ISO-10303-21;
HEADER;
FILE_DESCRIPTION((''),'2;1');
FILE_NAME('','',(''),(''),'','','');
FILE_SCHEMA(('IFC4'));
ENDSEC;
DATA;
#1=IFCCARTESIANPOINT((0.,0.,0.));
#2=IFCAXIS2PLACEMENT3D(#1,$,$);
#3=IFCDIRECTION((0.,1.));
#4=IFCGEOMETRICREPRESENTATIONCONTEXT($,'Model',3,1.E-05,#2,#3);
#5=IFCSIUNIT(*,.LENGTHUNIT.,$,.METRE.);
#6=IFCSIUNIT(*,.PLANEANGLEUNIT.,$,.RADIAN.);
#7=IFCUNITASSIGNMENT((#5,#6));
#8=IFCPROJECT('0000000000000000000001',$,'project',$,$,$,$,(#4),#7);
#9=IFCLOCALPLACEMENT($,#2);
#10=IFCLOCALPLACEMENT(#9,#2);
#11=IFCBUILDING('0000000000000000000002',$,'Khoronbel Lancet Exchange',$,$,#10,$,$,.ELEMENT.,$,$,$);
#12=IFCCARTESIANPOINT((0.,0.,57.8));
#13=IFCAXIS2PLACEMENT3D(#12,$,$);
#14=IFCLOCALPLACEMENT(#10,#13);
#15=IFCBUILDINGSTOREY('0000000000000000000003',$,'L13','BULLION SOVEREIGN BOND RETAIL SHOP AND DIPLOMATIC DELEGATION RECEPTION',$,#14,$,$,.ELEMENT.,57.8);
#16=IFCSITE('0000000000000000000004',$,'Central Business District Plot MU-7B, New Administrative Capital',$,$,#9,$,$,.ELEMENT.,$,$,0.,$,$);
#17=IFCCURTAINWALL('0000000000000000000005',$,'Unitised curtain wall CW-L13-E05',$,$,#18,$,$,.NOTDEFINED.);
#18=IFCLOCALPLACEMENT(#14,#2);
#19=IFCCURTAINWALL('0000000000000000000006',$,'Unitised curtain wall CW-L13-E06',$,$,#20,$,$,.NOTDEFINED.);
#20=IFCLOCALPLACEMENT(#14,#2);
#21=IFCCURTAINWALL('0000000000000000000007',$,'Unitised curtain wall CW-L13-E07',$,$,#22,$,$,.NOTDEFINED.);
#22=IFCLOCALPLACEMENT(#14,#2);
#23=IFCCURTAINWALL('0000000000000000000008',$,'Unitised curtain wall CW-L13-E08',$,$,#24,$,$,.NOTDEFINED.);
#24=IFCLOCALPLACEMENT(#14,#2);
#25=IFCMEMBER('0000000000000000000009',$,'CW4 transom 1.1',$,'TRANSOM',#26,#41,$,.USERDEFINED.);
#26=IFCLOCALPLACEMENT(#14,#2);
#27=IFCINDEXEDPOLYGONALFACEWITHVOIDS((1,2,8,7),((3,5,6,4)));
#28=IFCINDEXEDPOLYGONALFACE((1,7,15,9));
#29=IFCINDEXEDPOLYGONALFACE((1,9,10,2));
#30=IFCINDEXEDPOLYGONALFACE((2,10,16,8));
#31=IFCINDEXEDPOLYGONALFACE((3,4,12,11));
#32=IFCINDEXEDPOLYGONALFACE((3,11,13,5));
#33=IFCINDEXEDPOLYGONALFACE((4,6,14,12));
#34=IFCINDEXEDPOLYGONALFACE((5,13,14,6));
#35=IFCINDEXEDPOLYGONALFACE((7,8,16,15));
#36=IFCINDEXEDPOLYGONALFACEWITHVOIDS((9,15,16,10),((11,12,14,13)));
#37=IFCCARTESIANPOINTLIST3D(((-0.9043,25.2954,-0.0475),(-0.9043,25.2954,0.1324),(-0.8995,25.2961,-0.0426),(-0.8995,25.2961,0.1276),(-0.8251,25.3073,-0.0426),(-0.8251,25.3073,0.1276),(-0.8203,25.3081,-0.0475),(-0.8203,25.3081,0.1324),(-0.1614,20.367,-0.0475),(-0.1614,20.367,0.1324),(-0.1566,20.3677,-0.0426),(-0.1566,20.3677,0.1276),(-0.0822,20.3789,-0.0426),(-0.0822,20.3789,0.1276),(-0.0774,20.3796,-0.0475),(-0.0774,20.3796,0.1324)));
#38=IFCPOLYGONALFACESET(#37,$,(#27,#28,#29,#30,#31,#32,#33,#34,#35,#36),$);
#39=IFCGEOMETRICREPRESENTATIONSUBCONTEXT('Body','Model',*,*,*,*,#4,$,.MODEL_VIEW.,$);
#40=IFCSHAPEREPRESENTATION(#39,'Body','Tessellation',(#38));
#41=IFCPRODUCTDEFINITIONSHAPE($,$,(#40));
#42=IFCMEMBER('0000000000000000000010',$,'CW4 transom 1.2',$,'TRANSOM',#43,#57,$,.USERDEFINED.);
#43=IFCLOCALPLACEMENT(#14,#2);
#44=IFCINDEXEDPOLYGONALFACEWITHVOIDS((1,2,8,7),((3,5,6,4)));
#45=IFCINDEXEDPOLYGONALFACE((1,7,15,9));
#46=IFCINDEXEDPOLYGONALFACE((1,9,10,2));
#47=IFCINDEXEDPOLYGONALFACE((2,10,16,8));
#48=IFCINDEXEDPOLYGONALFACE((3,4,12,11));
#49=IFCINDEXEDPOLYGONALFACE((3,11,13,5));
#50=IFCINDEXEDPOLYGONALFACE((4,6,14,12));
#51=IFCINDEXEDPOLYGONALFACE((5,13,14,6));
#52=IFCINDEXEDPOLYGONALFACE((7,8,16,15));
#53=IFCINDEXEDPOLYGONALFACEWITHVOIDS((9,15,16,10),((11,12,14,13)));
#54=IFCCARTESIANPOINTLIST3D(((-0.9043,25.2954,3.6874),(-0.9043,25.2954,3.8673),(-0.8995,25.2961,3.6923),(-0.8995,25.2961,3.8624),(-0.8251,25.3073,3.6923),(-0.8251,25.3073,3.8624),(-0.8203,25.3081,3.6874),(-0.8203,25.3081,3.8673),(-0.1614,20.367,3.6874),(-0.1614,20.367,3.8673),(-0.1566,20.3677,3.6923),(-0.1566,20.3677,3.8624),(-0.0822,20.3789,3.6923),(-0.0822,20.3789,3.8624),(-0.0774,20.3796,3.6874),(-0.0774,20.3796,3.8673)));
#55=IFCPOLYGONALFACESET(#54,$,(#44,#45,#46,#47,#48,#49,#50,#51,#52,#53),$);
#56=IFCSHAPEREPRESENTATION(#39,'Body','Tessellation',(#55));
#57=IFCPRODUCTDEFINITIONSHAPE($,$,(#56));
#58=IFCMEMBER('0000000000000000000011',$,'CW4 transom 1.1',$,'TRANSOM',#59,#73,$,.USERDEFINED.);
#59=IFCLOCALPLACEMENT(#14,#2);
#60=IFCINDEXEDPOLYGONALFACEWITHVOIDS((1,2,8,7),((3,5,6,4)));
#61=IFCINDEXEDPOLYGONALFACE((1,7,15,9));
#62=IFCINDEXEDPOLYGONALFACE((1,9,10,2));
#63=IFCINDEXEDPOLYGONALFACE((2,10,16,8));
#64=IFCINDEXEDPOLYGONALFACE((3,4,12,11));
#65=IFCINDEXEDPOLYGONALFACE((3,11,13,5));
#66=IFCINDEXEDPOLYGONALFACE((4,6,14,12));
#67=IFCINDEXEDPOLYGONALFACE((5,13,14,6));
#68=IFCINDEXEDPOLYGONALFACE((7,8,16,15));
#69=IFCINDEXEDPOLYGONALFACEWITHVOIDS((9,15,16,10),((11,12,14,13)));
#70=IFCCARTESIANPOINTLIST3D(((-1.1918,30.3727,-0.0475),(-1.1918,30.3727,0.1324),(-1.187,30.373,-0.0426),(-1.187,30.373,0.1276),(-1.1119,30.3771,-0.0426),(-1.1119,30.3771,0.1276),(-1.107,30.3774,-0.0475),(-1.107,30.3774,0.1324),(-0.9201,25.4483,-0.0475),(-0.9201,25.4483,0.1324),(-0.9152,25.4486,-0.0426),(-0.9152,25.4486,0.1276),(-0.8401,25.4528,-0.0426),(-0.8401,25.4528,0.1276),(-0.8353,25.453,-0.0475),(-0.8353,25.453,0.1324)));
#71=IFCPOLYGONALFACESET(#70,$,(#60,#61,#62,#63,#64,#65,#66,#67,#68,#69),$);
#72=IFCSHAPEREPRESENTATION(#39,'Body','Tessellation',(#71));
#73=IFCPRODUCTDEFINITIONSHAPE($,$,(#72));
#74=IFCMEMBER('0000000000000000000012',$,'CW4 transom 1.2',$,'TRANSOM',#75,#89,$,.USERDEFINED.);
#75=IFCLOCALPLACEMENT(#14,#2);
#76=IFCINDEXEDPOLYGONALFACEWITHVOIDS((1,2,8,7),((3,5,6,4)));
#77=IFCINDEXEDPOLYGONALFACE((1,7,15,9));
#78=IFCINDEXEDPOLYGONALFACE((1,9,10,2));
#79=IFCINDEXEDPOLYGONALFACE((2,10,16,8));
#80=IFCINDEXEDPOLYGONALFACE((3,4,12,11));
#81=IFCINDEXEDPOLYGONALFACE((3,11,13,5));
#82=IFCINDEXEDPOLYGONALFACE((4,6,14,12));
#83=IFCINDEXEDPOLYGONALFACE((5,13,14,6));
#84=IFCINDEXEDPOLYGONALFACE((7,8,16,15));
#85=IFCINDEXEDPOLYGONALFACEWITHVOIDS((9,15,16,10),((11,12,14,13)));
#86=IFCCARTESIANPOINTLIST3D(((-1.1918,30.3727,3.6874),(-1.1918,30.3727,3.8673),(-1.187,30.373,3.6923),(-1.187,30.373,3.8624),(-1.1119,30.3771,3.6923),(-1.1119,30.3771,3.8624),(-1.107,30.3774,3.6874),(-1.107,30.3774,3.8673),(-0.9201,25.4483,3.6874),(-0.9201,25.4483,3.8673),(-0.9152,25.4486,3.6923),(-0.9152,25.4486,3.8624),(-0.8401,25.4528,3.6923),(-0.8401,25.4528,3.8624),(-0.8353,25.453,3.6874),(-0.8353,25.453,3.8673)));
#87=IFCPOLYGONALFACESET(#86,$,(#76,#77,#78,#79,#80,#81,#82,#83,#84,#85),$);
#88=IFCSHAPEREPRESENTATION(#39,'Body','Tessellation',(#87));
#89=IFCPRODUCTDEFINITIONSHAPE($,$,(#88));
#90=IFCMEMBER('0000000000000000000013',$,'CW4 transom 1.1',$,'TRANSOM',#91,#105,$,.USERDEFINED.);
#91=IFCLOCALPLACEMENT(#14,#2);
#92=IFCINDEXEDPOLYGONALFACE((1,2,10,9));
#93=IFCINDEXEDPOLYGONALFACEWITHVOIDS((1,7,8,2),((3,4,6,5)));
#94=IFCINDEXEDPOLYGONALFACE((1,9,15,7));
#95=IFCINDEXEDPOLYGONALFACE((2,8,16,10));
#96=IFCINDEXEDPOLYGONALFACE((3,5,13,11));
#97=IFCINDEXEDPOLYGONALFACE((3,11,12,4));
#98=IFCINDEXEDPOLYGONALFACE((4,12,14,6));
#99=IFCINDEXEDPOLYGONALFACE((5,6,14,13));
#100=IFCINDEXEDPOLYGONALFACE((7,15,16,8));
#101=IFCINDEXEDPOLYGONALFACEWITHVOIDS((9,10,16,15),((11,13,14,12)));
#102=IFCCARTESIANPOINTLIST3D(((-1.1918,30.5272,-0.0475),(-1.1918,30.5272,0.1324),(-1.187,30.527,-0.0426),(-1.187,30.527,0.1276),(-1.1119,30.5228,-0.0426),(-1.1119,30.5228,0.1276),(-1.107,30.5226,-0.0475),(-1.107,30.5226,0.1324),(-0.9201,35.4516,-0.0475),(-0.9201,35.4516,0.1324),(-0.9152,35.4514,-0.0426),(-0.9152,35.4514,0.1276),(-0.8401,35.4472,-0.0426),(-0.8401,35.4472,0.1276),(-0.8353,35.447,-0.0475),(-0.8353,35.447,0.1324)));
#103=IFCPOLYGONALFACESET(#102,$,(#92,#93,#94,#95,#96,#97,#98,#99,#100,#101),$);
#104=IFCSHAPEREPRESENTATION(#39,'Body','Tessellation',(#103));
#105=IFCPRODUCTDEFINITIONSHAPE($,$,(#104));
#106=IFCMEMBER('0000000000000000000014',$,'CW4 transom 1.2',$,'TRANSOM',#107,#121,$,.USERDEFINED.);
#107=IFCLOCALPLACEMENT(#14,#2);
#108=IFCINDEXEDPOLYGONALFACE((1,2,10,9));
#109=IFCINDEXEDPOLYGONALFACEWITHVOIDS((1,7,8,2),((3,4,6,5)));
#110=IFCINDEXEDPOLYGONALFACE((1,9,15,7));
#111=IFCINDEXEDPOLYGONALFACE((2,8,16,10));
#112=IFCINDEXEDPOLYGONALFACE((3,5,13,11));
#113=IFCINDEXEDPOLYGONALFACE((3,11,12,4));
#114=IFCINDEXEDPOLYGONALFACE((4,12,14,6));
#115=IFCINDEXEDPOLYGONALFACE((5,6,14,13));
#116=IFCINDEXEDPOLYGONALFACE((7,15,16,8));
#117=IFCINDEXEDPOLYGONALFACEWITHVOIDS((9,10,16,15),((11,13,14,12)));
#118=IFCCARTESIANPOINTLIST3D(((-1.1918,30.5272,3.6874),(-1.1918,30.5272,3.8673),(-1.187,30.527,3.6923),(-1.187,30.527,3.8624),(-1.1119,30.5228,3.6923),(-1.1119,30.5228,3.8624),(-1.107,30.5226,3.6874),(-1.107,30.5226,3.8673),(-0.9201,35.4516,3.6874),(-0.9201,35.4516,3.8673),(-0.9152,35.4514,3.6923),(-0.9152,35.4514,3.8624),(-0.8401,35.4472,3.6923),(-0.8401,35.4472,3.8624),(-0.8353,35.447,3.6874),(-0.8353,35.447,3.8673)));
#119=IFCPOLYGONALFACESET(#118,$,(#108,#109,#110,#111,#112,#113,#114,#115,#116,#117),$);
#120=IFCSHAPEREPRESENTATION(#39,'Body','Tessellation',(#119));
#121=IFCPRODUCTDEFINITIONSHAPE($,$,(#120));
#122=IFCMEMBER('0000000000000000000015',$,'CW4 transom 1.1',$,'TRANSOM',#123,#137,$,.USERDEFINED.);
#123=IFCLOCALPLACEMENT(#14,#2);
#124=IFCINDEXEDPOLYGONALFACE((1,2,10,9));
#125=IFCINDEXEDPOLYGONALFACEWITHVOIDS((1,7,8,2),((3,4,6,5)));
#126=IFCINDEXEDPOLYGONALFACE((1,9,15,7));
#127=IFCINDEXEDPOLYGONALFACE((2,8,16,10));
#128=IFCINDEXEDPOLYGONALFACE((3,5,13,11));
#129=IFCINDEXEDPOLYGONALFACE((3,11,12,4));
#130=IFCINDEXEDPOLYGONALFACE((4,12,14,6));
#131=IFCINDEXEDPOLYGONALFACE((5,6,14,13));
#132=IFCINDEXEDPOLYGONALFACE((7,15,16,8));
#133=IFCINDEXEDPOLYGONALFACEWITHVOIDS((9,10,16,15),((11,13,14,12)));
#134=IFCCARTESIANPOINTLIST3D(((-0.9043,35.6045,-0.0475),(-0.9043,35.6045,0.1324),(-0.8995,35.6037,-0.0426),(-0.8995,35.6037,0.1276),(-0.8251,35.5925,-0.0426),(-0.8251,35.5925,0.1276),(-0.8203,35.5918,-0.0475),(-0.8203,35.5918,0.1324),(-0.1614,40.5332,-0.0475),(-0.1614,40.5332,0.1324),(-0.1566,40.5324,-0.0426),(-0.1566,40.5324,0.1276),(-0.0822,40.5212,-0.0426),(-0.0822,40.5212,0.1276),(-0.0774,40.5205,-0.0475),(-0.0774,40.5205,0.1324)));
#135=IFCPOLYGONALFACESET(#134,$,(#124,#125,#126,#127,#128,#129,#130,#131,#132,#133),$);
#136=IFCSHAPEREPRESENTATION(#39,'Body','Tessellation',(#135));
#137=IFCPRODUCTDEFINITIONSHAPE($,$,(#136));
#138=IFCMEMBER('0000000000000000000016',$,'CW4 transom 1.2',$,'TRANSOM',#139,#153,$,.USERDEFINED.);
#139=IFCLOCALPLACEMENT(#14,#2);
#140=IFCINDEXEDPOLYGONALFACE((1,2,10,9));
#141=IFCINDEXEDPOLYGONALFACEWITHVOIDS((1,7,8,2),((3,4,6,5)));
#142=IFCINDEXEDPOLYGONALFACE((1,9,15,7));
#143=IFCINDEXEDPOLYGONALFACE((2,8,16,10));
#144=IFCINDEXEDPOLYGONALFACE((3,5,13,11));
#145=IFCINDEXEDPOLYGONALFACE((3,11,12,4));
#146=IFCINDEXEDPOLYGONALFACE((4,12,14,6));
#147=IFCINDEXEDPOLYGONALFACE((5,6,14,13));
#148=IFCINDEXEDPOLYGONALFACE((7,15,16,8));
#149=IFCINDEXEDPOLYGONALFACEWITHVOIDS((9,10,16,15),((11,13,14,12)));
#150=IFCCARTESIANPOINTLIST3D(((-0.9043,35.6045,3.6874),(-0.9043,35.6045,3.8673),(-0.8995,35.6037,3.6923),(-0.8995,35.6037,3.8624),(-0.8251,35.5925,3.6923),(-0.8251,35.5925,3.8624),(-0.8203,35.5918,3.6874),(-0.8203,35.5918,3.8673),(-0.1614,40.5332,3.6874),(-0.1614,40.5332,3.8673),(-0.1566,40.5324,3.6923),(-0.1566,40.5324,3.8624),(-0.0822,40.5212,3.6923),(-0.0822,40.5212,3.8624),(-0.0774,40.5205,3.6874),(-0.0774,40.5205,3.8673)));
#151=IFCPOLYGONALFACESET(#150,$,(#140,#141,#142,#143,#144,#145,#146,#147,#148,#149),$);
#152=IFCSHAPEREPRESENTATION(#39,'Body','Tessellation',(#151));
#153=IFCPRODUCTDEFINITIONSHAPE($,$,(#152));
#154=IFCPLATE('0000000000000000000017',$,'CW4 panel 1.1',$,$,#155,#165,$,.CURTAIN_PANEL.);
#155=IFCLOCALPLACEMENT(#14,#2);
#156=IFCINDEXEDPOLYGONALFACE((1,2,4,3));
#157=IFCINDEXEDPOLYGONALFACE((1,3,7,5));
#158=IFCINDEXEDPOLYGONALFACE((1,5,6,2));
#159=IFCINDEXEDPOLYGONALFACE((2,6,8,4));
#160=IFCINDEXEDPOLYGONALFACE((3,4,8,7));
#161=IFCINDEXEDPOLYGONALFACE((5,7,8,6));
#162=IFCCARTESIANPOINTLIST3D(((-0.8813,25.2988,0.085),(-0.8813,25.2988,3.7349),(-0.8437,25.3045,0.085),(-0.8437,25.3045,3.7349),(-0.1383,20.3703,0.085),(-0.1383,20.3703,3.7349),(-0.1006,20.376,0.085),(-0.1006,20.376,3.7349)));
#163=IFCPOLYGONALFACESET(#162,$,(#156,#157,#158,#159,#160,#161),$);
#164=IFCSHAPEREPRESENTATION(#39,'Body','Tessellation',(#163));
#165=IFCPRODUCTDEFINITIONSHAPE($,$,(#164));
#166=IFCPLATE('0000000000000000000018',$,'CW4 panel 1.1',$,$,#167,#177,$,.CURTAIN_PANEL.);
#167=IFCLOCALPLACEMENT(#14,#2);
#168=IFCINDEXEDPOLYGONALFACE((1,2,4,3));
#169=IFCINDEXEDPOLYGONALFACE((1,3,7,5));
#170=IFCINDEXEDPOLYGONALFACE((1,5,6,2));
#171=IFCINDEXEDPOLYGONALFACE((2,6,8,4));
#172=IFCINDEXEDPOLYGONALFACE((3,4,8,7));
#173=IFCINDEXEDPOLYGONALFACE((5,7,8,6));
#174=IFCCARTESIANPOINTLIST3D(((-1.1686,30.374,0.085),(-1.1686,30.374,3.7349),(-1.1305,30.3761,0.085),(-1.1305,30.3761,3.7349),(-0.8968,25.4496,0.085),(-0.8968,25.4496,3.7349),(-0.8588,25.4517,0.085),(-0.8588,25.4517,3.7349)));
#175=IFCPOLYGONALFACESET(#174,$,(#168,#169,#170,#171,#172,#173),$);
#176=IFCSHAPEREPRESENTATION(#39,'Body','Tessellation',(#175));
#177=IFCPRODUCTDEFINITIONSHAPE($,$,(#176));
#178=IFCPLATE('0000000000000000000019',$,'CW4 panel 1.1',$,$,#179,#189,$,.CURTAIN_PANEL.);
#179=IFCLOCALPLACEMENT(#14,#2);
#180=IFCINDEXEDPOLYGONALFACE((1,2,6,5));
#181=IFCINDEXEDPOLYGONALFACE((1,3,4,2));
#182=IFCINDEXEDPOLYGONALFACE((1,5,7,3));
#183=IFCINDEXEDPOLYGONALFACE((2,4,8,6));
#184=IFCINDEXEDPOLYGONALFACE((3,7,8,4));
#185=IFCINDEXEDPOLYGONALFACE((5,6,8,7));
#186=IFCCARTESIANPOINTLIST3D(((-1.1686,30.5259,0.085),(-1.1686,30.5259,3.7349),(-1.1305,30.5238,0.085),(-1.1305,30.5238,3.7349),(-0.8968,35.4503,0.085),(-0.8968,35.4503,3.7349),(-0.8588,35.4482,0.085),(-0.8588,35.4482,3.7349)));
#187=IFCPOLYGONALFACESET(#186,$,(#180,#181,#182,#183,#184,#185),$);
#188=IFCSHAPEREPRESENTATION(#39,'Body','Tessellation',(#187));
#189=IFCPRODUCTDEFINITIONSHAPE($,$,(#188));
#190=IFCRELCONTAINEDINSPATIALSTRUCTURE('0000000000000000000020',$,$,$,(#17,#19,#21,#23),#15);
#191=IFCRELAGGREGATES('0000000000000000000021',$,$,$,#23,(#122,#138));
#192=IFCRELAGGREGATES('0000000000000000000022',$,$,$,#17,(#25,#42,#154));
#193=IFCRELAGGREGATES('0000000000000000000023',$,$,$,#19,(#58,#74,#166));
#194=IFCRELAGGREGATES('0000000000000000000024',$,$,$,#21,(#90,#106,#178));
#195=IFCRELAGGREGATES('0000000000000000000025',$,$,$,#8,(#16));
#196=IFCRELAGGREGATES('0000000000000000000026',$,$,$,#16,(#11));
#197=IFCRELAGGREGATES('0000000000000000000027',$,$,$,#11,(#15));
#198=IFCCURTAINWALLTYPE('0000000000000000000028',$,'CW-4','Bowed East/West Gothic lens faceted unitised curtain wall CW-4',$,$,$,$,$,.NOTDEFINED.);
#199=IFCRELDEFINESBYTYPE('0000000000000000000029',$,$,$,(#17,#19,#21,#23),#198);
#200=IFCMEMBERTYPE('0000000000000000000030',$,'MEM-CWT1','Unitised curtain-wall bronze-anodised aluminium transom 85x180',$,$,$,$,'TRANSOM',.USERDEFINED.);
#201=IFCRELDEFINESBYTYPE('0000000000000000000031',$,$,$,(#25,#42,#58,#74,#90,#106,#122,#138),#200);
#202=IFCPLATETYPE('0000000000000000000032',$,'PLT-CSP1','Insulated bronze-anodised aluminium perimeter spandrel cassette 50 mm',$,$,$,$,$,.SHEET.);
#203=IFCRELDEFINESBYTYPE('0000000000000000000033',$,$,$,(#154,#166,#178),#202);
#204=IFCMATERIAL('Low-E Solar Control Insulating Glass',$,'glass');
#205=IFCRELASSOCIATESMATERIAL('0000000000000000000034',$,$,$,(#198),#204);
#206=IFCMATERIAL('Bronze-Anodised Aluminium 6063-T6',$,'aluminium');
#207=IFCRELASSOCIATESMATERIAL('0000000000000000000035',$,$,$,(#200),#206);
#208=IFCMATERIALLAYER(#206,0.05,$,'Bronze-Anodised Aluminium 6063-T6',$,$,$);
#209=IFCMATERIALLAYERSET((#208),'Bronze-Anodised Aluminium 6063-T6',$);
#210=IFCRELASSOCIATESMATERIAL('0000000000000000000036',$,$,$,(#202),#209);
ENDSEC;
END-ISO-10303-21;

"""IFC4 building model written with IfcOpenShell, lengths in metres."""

from ifc_helpers import new_model, si_unit, direction, frame, origin, origin_2d, place, context, subcontext, project, spatial, rectangle, hollow_rectangle, extrude, material, layer, layer_set, material_profile, profile_set, type_object, element, aggregate, save


model = new_model("IFC4")

# Units and contexts
model_context = context("Model", 3, precision=1e-05, world=origin(), true_north=direction((0.0, 1.0)))
body_context = subcontext(model_context, "Body", "Model", "MODEL_VIEW")
ifc_project = project(units=[si_unit("LENGTHUNIT", "METRE"), si_unit("PLANEANGLEUNIT", "RADIAN")], contexts=[model_context])

# Site, building, storey
site_placement = place(None, origin())
site = spatial("IfcSite", under=ifc_project, at=site_placement, Name="Central Business District Plot MU-7B, New Administrative Capital", CompositionType="ELEMENT", RefElevation=0.0)
building_placement = place(site_placement, origin())
building = spatial("IfcBuilding", under=site, at=building_placement, Name="Khoronbel Lancet Exchange", CompositionType="ELEMENT")
storey_placement = place(building_placement, frame((0.0, 0.0, 57.8)))
storey = spatial("IfcBuildingStorey", under=building, at=storey_placement, Name="L13", Description="BULLION SOVEREIGN BOND RETAIL SHOP AND DIPLOMATIC DELEGATION RECEPTION", CompositionType="ELEMENT", Elevation=57.8)

# Curtain walls
ifc_material_1 = material(Name="Low-E Solar Control Insulating Glass", Category="glass")
curtain_wall_type = type_object("IfcCurtainWallType", Name="CW-4", Description="Bowed East/West Gothic lens faceted unitised curtain wall CW-4", PredefinedType="NOTDEFINED", material=ifc_material_1)
ifc_material_2 = material(Name="Bronze-Anodised Aluminium 6063-T6", Category="aluminium")
curtain_wall_1_placement = place(storey_placement, origin())
curtain_wall_1 = element("IfcCurtainWall", 1, at=curtain_wall_1_placement, inside=storey, type_object=curtain_wall_type, Name="Unitised curtain wall CW-L13-E05", PredefinedType="NOTDEFINED")
curtain_wall_2_placement = place(storey_placement, origin())
curtain_wall_2 = element("IfcCurtainWall", 2, at=curtain_wall_2_placement, inside=storey, type_object=curtain_wall_type, Name="Unitised curtain wall CW-L13-E06", PredefinedType="NOTDEFINED")
curtain_wall_3_placement = place(storey_placement, origin())
curtain_wall_3 = element("IfcCurtainWall", 3, at=curtain_wall_3_placement, inside=storey, type_object=curtain_wall_type, Name="Unitised curtain wall CW-L13-E07", PredefinedType="NOTDEFINED")

# Curtain wall
curtain_wall_4_placement = place(storey_placement, origin())
curtain_wall_4 = element("IfcCurtainWall", 4, at=curtain_wall_4_placement, inside=storey, type_object=curtain_wall_type, Name="Unitised curtain wall CW-L13-E08", PredefinedType="NOTDEFINED")

# Members
ifc_material_profile_1 = material_profile(ifc_material_2, hollow_rectangle(XDim=0.085, YDim=0.1799, WallThickness=0.0049, at=origin_2d()), Name="ALU TRANSOM 85x180")
ifc_profile_set_1 = profile_set([ifc_material_profile_1], Name="Bronze-Anodised Aluminium 6063-T6")
member_type_1 = type_object("IfcMemberType", Name="MEM-CWT1", Description="Unitised curtain-wall bronze-anodised aluminium transom 85x180", ElementType="TRANSOM", PredefinedType="USERDEFINED", material=ifc_profile_set_1)
member_1_placement = place(storey_placement, frame((-0.1194, 20.3733, 0.0425), z_axis=(-0.149057, 0.988829, 0.0), x_axis=(-0.988829, -0.149057, 0.0)))
member_1 = element("IfcMember", 5, at=member_1_placement, type_object=member_type_1, Name="CW4 transom 1.1", ObjectType="TRANSOM", PredefinedType="USERDEFINED", context=body_context, shape_type="SweptSolid", body=[
    extrude(hollow_rectangle(XDim=0.085, YDim=0.1799, WallThickness=0.0049, at=origin_2d()), origin(), (0.0, 0.0, 1.0), 4.9841),
])
member_2_placement = place(storey_placement, frame((-0.1194, 20.3733, 3.7773), z_axis=(-0.149057, 0.988829, 0.0), x_axis=(-0.988829, -0.149057, 0.0)))
member_2 = element("IfcMember", 6, at=member_2_placement, type_object=member_type_1, Name="CW4 transom 1.2", ObjectType="TRANSOM", PredefinedType="USERDEFINED", context=body_context, shape_type="SweptSolid", body=[
    extrude(hollow_rectangle(XDim=0.085, YDim=0.1799, WallThickness=0.0049, at=origin_2d()), origin(), (0.0, 0.0, 1.0), 4.9841),
])
member_3_placement = place(storey_placement, frame((-0.8777, 25.4507, 0.0425), z_axis=(-0.055097, 0.998481, 0.0), x_axis=(-0.998481, -0.055097, 0.0)))
member_3 = element("IfcMember", 7, at=member_3_placement, type_object=member_type_1, Name="CW4 transom 1.1", ObjectType="TRANSOM", PredefinedType="USERDEFINED", context=body_context, shape_type="SweptSolid", body=[
    extrude(hollow_rectangle(XDim=0.085, YDim=0.1799, WallThickness=0.0049, at=origin_2d()), origin(), (0.0, 0.0, 1.0), 4.9319),
])
member_4_placement = place(storey_placement, frame((-0.8777, 25.4507, 3.7773), z_axis=(-0.055097, 0.998481, 0.0), x_axis=(-0.998481, -0.055097, 0.0)))
member_4 = element("IfcMember", 8, at=member_4_placement, type_object=member_type_1, Name="CW4 transom 1.2", ObjectType="TRANSOM", PredefinedType="USERDEFINED", context=body_context, shape_type="SweptSolid", body=[
    extrude(hollow_rectangle(XDim=0.085, YDim=0.1799, WallThickness=0.0049, at=origin_2d()), origin(), (0.0, 0.0, 1.0), 4.9319),
])
member_5_placement = place(storey_placement, frame((-1.1494, 30.5249, 0.0425), z_axis=(0.055097, 0.998481, 0.0), x_axis=(-0.998481, 0.055097, 0.0)))
member_5 = element("IfcMember", 9, at=member_5_placement, type_object=member_type_1, Name="CW4 transom 1.1", ObjectType="TRANSOM", PredefinedType="USERDEFINED", context=body_context, shape_type="SweptSolid", body=[
    extrude(hollow_rectangle(XDim=0.085, YDim=0.1799, WallThickness=0.0049, at=origin_2d()), origin(), (0.0, 0.0, 1.0), 4.9319),
])
member_6_placement = place(storey_placement, frame((-1.1494, 30.5249, 3.7773), z_axis=(0.055097, 0.998481, 0.0), x_axis=(-0.998481, 0.055097, 0.0)))
member_6 = element("IfcMember", 10, at=member_6_placement, type_object=member_type_1, Name="CW4 transom 1.2", ObjectType="TRANSOM", PredefinedType="USERDEFINED", context=body_context, shape_type="SweptSolid", body=[
    extrude(hollow_rectangle(XDim=0.085, YDim=0.1799, WallThickness=0.0049, at=origin_2d()), origin(), (0.0, 0.0, 1.0), 4.9319),
])
member_7_placement = place(storey_placement, frame((-0.8623, 35.5981, 0.0425), z_axis=(0.149049, 0.98883, 0.0), x_axis=(-0.98883, 0.149049, 0.0)))
member_7 = element("IfcMember", 11, at=member_7_placement, type_object=member_type_1, Name="CW4 transom 1.1", ObjectType="TRANSOM", PredefinedType="USERDEFINED", context=body_context, shape_type="SweptSolid", body=[
    extrude(hollow_rectangle(XDim=0.085, YDim=0.1799, WallThickness=0.0049, at=origin_2d()), origin(), (0.0, 0.0, 1.0), 4.9844),
])
member_8_placement = place(storey_placement, frame((-0.8623, 35.5981, 3.7773), z_axis=(0.149049, 0.98883, 0.0), x_axis=(-0.98883, 0.149049, 0.0)))
member_8 = element("IfcMember", 12, at=member_8_placement, type_object=member_type_1, Name="CW4 transom 1.2", ObjectType="TRANSOM", PredefinedType="USERDEFINED", context=body_context, shape_type="SweptSolid", body=[
    extrude(hollow_rectangle(XDim=0.085, YDim=0.1799, WallThickness=0.0049, at=origin_2d()), origin(), (0.0, 0.0, 1.0), 4.9844),
])
aggregate(curtain_wall_4, [member_7, member_8])

# Plates
ifc_layer_1 = layer(ifc_material_2, 0.05, Name="Bronze-Anodised Aluminium 6063-T6")
ifc_layer_set_1 = layer_set([ifc_layer_1], Name="Bronze-Anodised Aluminium 6063-T6")
plate_type_1 = type_object("IfcPlateType", Name="PLT-CSP1", Description="Insulated bronze-anodised aluminium perimeter spandrel cassette 50 mm", PredefinedType="SHEET", material=ifc_layer_set_1)
plate_1_placement = place(storey_placement, frame((-0.491, 22.8374, 0.085), z_axis=(0.0, 0.0, 1.0), x_axis=(-0.14908, 0.988825, 0.0)))
plate_1 = element("IfcPlate", 13, at=plate_1_placement, type_object=plate_type_1, Name="CW4 panel 1.1", PredefinedType="CURTAIN_PANEL", context=body_context, shape_type="SweptSolid", body=[
    extrude(rectangle(XDim=4.9841, YDim=0.0381, at=origin_2d()), origin(), (0.0, 0.0, 1.0), 3.6499),
])
aggregate(curtain_wall_1, [member_1, member_2, plate_1])
plate_2_placement = place(storey_placement, frame((-1.0137, 27.9128, 0.085), z_axis=(0.0, 0.0, 1.0), x_axis=(-0.055098, 0.998481, 0.0)))
plate_2 = element("IfcPlate", 14, at=plate_2_placement, type_object=plate_type_1, Name="CW4 panel 1.1", PredefinedType="CURTAIN_PANEL", context=body_context, shape_type="SweptSolid", body=[
    extrude(rectangle(XDim=4.9319, YDim=0.0381, at=origin_2d()), origin(), (0.0, 0.0, 1.0), 3.6499),
])
aggregate(curtain_wall_2, [member_3, member_4, plate_2])
plate_3_placement = place(storey_placement, frame((-1.0137, 32.9871, 0.085), z_axis=(0.0, 0.0, 1.0), x_axis=(0.055098, 0.998481, 0.0)))
plate_3 = element("IfcPlate", 15, at=plate_3_placement, type_object=plate_type_1, Name="CW4 panel 1.1", PredefinedType="CURTAIN_PANEL", context=body_context, shape_type="SweptSolid", body=[
    extrude(rectangle(XDim=4.9319, YDim=0.0381, at=origin_2d()), origin(), (0.0, 0.0, 1.0), 3.6499),
])
aggregate(curtain_wall_3, [member_5, member_6, plate_3])

save(model, "model.ifc")
